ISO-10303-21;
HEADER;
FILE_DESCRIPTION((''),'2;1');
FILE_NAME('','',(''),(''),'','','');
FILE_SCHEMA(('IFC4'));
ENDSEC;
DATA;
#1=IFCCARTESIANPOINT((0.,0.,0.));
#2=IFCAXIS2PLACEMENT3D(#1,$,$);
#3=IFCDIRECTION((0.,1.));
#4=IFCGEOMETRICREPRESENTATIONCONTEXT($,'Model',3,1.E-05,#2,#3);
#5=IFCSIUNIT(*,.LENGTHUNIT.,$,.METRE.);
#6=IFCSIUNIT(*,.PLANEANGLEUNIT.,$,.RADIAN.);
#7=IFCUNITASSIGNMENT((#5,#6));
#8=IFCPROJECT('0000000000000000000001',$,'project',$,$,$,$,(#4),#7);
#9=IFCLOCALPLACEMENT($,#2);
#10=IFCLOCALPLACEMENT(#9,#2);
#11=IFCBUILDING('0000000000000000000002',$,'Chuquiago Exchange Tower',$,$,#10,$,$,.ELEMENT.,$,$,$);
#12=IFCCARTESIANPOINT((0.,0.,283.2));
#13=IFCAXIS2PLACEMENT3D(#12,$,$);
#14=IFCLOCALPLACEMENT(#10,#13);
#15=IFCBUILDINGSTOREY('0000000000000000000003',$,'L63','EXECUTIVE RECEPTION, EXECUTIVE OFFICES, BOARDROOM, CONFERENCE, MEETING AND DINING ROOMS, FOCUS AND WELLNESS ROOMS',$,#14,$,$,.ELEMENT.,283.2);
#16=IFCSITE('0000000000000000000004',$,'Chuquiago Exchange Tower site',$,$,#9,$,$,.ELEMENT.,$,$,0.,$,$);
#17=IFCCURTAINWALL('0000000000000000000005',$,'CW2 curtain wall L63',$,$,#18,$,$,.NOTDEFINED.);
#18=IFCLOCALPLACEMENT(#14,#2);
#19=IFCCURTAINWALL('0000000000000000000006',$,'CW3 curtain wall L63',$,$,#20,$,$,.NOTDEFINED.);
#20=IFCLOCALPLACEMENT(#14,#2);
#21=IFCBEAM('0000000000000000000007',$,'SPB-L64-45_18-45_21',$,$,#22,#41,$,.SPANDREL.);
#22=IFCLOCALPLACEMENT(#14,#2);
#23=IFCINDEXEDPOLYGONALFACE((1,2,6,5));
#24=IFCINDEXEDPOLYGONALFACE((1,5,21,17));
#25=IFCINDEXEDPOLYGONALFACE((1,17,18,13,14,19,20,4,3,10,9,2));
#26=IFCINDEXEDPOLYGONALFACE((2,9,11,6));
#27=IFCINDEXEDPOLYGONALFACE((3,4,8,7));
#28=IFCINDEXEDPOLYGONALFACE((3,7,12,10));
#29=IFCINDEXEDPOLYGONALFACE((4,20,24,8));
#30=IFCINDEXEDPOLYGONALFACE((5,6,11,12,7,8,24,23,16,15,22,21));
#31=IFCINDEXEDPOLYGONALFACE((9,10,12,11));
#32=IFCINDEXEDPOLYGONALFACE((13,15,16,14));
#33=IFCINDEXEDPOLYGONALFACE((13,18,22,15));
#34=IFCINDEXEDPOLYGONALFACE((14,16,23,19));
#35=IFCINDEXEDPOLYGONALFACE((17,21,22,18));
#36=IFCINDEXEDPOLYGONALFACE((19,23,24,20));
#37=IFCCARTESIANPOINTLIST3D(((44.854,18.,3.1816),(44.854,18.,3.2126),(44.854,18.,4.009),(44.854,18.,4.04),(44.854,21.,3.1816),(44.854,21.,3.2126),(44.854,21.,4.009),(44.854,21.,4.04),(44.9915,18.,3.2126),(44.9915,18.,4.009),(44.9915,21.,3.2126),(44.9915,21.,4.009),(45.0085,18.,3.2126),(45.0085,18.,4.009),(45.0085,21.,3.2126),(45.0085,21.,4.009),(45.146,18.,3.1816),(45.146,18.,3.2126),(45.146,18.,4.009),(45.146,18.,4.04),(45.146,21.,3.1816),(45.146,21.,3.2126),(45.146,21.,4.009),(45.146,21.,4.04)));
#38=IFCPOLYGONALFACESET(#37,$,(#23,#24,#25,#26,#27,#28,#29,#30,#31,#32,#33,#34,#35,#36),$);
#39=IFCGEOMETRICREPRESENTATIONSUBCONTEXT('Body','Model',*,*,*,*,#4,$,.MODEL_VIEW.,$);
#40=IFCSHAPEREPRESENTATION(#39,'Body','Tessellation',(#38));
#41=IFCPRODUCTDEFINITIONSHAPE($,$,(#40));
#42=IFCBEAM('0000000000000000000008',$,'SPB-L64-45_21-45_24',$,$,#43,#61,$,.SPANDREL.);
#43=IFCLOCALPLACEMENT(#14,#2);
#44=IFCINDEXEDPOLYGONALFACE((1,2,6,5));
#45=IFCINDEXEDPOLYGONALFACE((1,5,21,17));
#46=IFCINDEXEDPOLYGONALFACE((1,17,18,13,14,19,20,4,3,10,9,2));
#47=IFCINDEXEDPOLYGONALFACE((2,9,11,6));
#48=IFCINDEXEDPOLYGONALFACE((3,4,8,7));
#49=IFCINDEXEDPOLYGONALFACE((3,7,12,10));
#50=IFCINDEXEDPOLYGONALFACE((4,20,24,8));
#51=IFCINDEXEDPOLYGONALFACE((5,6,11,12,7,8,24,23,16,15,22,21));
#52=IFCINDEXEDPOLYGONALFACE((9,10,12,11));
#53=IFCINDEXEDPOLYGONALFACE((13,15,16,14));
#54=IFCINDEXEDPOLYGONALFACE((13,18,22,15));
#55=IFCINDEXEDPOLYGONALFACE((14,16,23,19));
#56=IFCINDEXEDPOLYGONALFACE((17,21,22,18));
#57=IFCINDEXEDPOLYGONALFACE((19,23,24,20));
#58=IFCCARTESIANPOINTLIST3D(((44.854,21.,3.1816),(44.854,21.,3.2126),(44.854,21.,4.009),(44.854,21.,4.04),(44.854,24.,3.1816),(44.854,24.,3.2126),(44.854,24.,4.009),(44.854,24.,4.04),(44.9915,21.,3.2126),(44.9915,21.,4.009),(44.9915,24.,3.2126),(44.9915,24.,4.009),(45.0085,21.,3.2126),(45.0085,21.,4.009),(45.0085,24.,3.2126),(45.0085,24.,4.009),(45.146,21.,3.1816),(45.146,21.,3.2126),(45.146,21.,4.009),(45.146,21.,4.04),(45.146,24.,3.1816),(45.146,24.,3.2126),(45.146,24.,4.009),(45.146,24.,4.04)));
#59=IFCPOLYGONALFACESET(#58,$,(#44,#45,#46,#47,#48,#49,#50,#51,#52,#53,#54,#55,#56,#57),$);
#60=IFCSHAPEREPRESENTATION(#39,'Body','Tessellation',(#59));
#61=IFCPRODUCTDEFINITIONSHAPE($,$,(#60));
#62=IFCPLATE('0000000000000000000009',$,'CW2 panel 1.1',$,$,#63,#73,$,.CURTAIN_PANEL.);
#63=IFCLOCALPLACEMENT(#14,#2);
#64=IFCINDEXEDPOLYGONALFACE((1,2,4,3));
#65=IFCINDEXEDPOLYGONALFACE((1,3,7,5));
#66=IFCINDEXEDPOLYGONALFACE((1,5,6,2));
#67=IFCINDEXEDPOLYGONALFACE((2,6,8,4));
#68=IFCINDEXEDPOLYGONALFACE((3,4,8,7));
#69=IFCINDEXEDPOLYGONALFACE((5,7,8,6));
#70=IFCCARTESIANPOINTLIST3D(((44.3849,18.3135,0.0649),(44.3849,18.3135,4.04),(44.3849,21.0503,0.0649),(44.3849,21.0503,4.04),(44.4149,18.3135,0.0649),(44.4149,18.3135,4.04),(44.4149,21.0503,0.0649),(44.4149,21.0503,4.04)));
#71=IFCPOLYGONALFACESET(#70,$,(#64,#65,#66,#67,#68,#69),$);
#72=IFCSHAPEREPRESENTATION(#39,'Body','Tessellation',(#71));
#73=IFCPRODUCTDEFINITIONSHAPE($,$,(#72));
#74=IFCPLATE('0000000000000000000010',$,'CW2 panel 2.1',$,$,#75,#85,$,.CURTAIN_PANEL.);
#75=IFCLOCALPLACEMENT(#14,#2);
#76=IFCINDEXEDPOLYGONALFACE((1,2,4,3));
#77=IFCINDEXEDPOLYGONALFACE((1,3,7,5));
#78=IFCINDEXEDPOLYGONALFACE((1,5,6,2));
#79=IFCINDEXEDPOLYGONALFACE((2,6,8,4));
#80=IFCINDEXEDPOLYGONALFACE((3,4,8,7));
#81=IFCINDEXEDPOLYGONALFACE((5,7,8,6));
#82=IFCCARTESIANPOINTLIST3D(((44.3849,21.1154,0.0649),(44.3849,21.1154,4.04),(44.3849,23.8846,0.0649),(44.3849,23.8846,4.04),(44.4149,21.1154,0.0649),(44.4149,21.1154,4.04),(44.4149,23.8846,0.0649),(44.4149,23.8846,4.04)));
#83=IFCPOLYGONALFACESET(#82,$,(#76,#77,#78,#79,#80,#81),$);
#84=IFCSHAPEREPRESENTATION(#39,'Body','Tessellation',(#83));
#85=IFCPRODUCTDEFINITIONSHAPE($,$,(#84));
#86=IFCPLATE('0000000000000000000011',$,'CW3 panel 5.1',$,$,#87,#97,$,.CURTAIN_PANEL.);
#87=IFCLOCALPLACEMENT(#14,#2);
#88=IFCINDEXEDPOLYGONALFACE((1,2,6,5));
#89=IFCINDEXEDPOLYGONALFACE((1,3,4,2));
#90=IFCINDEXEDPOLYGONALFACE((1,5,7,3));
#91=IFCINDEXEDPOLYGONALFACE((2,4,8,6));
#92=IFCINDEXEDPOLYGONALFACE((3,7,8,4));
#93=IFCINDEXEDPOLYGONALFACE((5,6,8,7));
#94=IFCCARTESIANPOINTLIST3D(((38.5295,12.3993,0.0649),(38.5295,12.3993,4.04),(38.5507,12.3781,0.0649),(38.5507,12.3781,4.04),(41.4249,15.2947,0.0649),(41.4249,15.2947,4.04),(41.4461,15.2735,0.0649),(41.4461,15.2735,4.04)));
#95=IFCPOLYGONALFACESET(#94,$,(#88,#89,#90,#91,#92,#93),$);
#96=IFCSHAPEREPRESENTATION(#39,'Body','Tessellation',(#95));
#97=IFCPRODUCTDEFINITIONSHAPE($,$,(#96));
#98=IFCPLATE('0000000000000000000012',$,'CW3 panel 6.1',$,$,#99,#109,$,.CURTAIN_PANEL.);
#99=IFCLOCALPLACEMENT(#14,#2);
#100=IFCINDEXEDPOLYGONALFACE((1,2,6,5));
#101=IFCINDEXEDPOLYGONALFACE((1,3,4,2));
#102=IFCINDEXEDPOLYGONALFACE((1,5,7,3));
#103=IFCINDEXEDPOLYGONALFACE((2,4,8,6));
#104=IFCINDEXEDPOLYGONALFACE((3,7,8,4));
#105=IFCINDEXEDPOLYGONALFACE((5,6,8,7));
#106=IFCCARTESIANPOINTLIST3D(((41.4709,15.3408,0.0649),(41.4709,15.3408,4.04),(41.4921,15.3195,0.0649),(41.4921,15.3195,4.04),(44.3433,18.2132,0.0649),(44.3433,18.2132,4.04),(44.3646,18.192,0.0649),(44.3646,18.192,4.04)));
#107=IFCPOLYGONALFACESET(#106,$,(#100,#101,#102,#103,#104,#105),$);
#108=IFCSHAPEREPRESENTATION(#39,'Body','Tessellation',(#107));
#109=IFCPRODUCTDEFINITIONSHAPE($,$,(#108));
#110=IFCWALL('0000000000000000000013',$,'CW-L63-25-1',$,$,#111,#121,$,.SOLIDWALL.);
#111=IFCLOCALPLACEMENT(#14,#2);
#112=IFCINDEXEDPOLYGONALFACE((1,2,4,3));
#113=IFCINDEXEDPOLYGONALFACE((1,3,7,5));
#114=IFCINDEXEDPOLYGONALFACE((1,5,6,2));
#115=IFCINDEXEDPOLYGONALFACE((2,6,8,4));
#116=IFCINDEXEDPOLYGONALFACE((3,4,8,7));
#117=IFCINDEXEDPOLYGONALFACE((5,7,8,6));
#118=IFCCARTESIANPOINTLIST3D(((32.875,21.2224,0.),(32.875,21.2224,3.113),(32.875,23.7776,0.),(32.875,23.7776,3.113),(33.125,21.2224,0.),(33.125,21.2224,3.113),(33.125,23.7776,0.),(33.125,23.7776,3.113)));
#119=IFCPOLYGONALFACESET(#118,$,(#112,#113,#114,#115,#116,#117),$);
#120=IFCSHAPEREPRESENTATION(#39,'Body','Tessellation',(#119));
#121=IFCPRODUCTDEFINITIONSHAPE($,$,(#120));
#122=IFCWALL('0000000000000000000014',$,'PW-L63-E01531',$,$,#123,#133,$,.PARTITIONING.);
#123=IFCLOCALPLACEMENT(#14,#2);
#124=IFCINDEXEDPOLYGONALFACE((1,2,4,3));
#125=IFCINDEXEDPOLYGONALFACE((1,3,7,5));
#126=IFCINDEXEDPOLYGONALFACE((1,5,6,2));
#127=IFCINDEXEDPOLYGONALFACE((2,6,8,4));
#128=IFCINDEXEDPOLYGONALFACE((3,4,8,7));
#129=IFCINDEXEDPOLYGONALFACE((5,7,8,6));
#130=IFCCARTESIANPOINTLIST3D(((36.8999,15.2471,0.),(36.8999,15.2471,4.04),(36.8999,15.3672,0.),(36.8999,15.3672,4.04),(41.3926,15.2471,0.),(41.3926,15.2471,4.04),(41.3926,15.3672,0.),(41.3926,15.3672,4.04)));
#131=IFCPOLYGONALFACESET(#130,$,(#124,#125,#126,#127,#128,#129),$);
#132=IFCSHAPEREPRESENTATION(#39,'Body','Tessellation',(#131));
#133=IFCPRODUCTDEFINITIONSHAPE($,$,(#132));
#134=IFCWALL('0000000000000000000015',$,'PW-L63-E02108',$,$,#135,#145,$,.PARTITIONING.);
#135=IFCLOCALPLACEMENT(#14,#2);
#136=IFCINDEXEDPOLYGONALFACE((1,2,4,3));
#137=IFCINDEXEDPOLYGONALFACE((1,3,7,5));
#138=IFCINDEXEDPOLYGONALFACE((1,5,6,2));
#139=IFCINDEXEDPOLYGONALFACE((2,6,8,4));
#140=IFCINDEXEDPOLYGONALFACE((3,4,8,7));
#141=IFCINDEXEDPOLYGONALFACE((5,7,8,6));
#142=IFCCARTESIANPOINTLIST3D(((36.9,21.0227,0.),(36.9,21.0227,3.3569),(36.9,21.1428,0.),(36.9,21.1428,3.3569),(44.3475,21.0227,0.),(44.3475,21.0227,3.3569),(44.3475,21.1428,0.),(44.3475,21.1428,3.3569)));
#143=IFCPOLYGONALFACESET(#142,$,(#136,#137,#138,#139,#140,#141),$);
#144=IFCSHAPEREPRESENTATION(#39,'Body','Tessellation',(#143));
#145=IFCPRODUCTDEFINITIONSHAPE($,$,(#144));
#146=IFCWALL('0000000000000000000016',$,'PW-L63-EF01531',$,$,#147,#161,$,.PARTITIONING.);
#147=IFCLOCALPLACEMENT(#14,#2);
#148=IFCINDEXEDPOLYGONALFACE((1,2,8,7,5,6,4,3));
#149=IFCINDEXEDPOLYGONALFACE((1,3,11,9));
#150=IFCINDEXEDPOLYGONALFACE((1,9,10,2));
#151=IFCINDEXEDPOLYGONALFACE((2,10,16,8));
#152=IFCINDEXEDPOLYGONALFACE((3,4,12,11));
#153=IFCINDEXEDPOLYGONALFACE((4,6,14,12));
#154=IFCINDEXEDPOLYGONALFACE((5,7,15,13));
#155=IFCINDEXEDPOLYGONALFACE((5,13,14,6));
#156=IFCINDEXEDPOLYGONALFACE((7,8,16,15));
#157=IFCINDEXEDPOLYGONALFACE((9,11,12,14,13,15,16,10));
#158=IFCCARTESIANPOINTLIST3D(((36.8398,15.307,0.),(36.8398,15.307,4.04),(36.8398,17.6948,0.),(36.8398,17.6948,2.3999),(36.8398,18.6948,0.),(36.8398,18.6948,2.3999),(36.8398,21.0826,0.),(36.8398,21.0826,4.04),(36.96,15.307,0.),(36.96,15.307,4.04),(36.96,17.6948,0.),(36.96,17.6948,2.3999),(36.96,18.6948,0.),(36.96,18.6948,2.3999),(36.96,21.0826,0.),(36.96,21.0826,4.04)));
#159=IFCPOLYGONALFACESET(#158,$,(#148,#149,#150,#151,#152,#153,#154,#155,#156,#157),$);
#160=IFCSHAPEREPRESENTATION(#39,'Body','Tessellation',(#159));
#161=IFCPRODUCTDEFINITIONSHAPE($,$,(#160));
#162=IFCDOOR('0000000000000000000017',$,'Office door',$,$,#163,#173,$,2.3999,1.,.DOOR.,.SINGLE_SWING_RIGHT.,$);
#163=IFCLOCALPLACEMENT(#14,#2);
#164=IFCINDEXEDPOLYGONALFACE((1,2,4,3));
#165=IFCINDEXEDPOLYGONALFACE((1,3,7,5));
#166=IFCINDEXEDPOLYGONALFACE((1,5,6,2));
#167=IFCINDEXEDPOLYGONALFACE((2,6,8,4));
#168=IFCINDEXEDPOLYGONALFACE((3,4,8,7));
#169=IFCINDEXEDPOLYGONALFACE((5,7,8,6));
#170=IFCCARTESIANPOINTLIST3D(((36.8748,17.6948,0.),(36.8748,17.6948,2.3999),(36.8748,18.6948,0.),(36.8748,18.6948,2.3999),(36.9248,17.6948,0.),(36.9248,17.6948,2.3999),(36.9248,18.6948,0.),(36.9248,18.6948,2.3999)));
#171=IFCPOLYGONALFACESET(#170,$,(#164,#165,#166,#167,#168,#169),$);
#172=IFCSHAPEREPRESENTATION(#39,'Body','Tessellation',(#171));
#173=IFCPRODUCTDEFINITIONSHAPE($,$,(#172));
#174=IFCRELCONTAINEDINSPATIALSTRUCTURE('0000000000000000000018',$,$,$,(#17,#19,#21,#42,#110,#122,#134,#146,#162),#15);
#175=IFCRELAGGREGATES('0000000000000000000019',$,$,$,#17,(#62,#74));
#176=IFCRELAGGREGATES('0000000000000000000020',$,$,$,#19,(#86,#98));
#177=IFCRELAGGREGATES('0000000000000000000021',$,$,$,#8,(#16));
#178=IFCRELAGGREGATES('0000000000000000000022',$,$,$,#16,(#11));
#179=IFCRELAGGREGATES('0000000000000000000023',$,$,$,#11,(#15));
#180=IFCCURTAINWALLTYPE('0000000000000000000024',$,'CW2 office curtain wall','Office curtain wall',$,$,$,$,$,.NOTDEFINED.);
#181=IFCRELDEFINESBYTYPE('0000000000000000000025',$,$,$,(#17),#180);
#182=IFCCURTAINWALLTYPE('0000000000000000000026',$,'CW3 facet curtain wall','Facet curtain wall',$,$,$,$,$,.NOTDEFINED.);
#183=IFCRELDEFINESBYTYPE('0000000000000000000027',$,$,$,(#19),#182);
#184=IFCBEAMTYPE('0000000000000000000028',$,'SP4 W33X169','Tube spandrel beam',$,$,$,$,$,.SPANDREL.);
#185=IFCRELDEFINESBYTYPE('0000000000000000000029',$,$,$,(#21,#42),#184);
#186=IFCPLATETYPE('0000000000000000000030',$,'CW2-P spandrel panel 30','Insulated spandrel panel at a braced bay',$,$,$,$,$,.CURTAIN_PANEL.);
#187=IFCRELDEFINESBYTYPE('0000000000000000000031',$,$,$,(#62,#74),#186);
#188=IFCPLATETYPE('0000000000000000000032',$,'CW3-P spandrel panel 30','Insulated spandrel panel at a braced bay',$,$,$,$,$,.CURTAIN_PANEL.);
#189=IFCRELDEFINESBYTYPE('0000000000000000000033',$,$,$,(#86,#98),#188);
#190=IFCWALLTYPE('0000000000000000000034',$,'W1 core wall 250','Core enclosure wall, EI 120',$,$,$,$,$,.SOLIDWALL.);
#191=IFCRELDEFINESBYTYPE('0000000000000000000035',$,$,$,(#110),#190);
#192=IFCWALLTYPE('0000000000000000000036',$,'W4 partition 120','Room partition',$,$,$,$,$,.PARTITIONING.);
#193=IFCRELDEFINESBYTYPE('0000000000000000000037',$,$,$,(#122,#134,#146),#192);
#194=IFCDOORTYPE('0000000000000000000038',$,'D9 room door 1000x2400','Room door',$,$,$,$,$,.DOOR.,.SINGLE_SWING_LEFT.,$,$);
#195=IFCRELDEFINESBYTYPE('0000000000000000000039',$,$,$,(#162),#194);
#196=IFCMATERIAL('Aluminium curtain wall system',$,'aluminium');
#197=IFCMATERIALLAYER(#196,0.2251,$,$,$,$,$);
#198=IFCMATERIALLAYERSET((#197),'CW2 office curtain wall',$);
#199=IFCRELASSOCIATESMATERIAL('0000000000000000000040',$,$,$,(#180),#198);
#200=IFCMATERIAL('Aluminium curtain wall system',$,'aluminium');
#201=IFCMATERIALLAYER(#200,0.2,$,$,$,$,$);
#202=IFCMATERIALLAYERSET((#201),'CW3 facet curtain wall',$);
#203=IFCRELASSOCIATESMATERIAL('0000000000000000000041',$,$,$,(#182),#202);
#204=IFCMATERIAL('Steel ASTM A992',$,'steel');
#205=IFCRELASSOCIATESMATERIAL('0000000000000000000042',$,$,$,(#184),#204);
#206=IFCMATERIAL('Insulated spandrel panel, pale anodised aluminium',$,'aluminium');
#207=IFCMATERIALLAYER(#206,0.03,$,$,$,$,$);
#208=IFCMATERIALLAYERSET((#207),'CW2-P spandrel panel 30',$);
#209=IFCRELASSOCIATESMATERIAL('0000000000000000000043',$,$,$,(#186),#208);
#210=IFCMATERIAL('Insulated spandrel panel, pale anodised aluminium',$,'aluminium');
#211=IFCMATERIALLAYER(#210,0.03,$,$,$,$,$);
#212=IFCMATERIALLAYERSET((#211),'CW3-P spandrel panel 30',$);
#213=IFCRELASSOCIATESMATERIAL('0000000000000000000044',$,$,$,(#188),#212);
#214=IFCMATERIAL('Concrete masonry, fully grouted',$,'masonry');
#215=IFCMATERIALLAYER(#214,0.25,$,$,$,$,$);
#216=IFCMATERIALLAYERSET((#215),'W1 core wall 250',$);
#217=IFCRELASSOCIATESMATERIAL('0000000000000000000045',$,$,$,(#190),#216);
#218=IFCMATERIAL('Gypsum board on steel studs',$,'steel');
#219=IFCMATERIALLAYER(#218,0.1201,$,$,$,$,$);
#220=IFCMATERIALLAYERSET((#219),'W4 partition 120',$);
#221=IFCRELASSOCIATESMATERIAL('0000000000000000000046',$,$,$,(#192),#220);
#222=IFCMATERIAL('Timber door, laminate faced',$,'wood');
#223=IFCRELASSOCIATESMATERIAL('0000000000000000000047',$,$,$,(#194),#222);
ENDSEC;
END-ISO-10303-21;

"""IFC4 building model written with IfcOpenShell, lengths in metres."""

from ifc_helpers import new_model, si_unit, direction, frame, frame_2d, origin, origin_2d, place, context, subcontext, project, spatial, rectangle, i_section, extrude, material, layer, layer_set, material_profile, profile_set, type_object, element, fill, aggregate, save


model = new_model("IFC4")

# Units and contexts
model_context = context("Model", 3, precision=1e-05, world=origin(), true_north=direction((0.0, 1.0)))
body_context = subcontext(model_context, "Body", "Model", "MODEL_VIEW")
ifc_project = project(units=[si_unit("LENGTHUNIT", "METRE"), si_unit("PLANEANGLEUNIT", "RADIAN")], contexts=[model_context])

# Site, building, storey
site_placement = place(None, origin())
site = spatial("IfcSite", under=ifc_project, at=site_placement, Name="Chuquiago Exchange Tower site", CompositionType="ELEMENT", RefElevation=0.0)
building_placement = place(site_placement, origin())
building = spatial("IfcBuilding", under=site, at=building_placement, Name="Chuquiago Exchange Tower", CompositionType="ELEMENT")
storey_placement = place(building_placement, frame((0.0, 0.0, 283.2)))
storey = spatial("IfcBuildingStorey", under=building, at=storey_placement, Name="L63", Description="EXECUTIVE RECEPTION, EXECUTIVE OFFICES, BOARDROOM, CONFERENCE, MEETING AND DINING ROOMS, FOCUS AND WELLNESS ROOMS", CompositionType="ELEMENT", Elevation=283.2)

# Curtain walls
ifc_material_1 = material(Name="Aluminium curtain wall system", Category="aluminium")
ifc_layer_1 = layer(ifc_material_1, 0.2251)
ifc_layer_set_1 = layer_set([ifc_layer_1], Name="CW2 office curtain wall")
curtain_wall_type_1 = type_object("IfcCurtainWallType", Name="CW2 office curtain wall", Description="Office curtain wall", PredefinedType="NOTDEFINED", material=ifc_layer_set_1)
curtain_wall_1_placement = place(storey_placement, origin())
curtain_wall_1 = element("IfcCurtainWall", 1, at=curtain_wall_1_placement, inside=storey, type_object=curtain_wall_type_1, Name="CW2 curtain wall L63", PredefinedType="NOTDEFINED")
ifc_material_2 = material(Name="Aluminium curtain wall system", Category="aluminium")
ifc_layer_2 = layer(ifc_material_2, 0.2)
ifc_layer_set_2 = layer_set([ifc_layer_2], Name="CW3 facet curtain wall")
curtain_wall_type_2 = type_object("IfcCurtainWallType", Name="CW3 facet curtain wall", Description="Facet curtain wall", PredefinedType="NOTDEFINED", material=ifc_layer_set_2)
curtain_wall_2_placement = place(storey_placement, origin())
curtain_wall_2 = element("IfcCurtainWall", 2, at=curtain_wall_2_placement, inside=storey, type_object=curtain_wall_type_2, Name="CW3 curtain wall L63", PredefinedType="NOTDEFINED")

# Beams
ifc_material_3 = material(Name="Steel ASTM A992", Category="steel")
ifc_material_profile_1 = material_profile(ifc_material_3, i_section(OverallWidth=0.292, OverallDepth=0.8584, WebThickness=0.0171, FlangeThickness=0.031, at=origin_2d()), Name="W33X169")
ifc_profile_set_1 = profile_set([ifc_material_profile_1], Name="Steel ASTM A992")
beam_type_1 = type_object("IfcBeamType", Name="SP4 W33X169", Description="Tube spandrel beam", PredefinedType="SPANDREL", material=ifc_profile_set_1)
for number, where, z_axis, x_axis, name in (
    (3, (45.0, 18.0, 3.6108), (0.0, 1.0, 0.0), (-1.0, 0.0, 0.0), "SPB-L64-45_18-45_21"),
    (4, (45.0, 21.0, 3.6108), (0.0, 1.0, 0.0), (-1.0, 0.0, 0.0), "SPB-L64-45_21-45_24"),
):
    element("IfcBeam", number, at=place(storey_placement, frame(where, z_axis=z_axis, x_axis=x_axis)), inside=storey, type_object=beam_type_1, Name=name, PredefinedType="SPANDREL", context=body_context, shape_type="SweptSolid", body=[
        extrude(i_section(OverallWidth=0.292, OverallDepth=0.8584, WebThickness=0.0171, FlangeThickness=0.031, at=origin_2d()), origin(), (0.0, 0.0, 1.0), 3.0),
    ])

# Plates
ifc_material_4 = material(Name="Insulated spandrel panel, pale anodised aluminium", Category="aluminium")
ifc_layer_3 = layer(ifc_material_4, 0.03)
ifc_layer_set_3 = layer_set([ifc_layer_3], Name="CW2-P spandrel panel 30")
plate_type_1 = type_object("IfcPlateType", Name="CW2-P spandrel panel 30", Description="Insulated spandrel panel at a braced bay", PredefinedType="CURTAIN_PANEL", material=ifc_layer_set_3)
plate_1_placement = place(storey_placement, frame((44.3999, 19.6819, 0.0649), z_axis=(0.0, 0.0, 1.0), x_axis=(0.0, 1.0, 0.0)))
plate_1 = element("IfcPlate", 5, at=plate_1_placement, type_object=plate_type_1, Name="CW2 panel 1.1", PredefinedType="CURTAIN_PANEL", context=body_context, shape_type="SweptSolid", body=[
    extrude(rectangle(XDim=2.7368, YDim=0.03, at=origin_2d()), origin(), (0.0, 0.0, 1.0), 3.9751),
])
plate_2_placement = place(storey_placement, frame((44.3999, 22.5, 0.0649), z_axis=(0.0, 0.0, 1.0), x_axis=(0.0, 1.0, 0.0)))
plate_2 = element("IfcPlate", 6, at=plate_2_placement, type_object=plate_type_1, Name="CW2 panel 2.1", PredefinedType="CURTAIN_PANEL", context=body_context, shape_type="SweptSolid", body=[
    extrude(rectangle(XDim=2.7693, YDim=0.03, at=origin_2d()), origin(), (0.0, 0.0, 1.0), 3.9751),
])
aggregate(curtain_wall_1, [plate_1, plate_2])
ifc_material_5 = material(Name="Insulated spandrel panel, pale anodised aluminium", Category="aluminium")
ifc_layer_4 = layer(ifc_material_5, 0.03)
ifc_layer_set_4 = layer_set([ifc_layer_4], Name="CW3-P spandrel panel 30")
plate_type_2 = type_object("IfcPlateType", Name="CW3-P spandrel panel 30", Description="Insulated spandrel panel at a braced bay", PredefinedType="CURTAIN_PANEL", material=ifc_layer_set_4)
plate_3_placement = place(storey_placement, frame((39.9878, 13.8364, 0.0649), z_axis=(0.0, 0.0, 1.0), x_axis=(0.707107, 0.707107, 0.0)))
plate_3 = element("IfcPlate", 7, at=plate_3_placement, type_object=plate_type_2, Name="CW3 panel 5.1", PredefinedType="CURTAIN_PANEL", context=body_context, shape_type="SweptSolid", body=[
    extrude(rectangle(XDim=4.0947, YDim=0.03, at=origin_2d()), origin(), (0.0, 0.0, 1.0), 3.9751),
])
plate_4_placement = place(storey_placement, frame((42.9177, 16.7664, 0.0649), z_axis=(0.0, 0.0, 1.0), x_axis=(0.707107, 0.707107, 0.0)))
plate_4 = element("IfcPlate", 8, at=plate_4_placement, type_object=plate_type_2, Name="CW3 panel 6.1", PredefinedType="CURTAIN_PANEL", context=body_context, shape_type="SweptSolid", body=[
    extrude(rectangle(XDim=4.0623, YDim=0.03, at=origin_2d()), origin(), (0.0, 0.0, 1.0), 3.9751),
])
aggregate(curtain_wall_2, [plate_3, plate_4])

# Walls
ifc_material_6 = material(Name="Concrete masonry, fully grouted", Category="masonry")
ifc_layer_5 = layer(ifc_material_6, 0.25)
ifc_layer_set_5 = layer_set([ifc_layer_5], Name="W1 core wall 250")
wall_type_1 = type_object("IfcWallType", Name="W1 core wall 250", Description="Core enclosure wall, EI 120", PredefinedType="SOLIDWALL", material=ifc_layer_set_5)
wall_1_placement = place(storey_placement, frame((33.0, 21.2224, 0.0), z_axis=(0.0, 0.0, 1.0), x_axis=(0.0, 1.0, 0.0)))
element("IfcWall", 9, at=wall_1_placement, inside=storey, type_object=wall_type_1, Name="CW-L63-25-1", PredefinedType="SOLIDWALL", context=body_context, shape_type="SweptSolid", body=[
    extrude(rectangle(XDim=2.5552, YDim=0.25, at=frame_2d((1.2776, 0.0))), origin(), (0.0, 0.0, 1.0), 3.113),
])
ifc_material_7 = material(Name="Gypsum board on steel studs", Category="steel")
ifc_layer_6 = layer(ifc_material_7, 0.1201)
ifc_layer_set_6 = layer_set([ifc_layer_6], Name="W4 partition 120")
wall_type_2 = type_object("IfcWallType", Name="W4 partition 120", Description="Room partition", PredefinedType="PARTITIONING", material=ifc_layer_set_6)
wall_2_placement = place(storey_placement, frame((41.3926, 15.3071, 0.0), z_axis=(0.0, 0.0, 1.0), x_axis=(-1.0, 0.0, 0.0)))
element("IfcWall", 10, at=wall_2_placement, inside=storey, type_object=wall_type_2, Name="PW-L63-E01531", PredefinedType="PARTITIONING", context=body_context, shape_type="SweptSolid", body=[
    extrude(rectangle(XDim=4.4927, YDim=0.1201, at=frame_2d((2.2463, 0.0))), origin(), (0.0, 0.0, 1.0), 4.04),
])
wall_3_placement = place(storey_placement, frame((44.3474, 21.0828, 0.0), z_axis=(0.0, 0.0, 1.0), x_axis=(-1.0, 0.0, 0.0)))
element("IfcWall", 11, at=wall_3_placement, inside=storey, type_object=wall_type_2, Name="PW-L63-E02108", PredefinedType="PARTITIONING", context=body_context, shape_type="SweptSolid", body=[
    extrude(rectangle(XDim=7.4475, YDim=0.1201, at=frame_2d((3.7236, 0.0))), origin(), (0.0, 0.0, 1.0), 3.3569),
])

# Wall, opening, door
wall_4_placement = place(storey_placement, frame((36.8999, 15.3071, 0.0), z_axis=(0.0, 0.0, 1.0), x_axis=(0.0, 1.0, 0.0)))
wall_4 = element("IfcWall", 12, at=wall_4_placement, inside=storey, type_object=wall_type_2, Name="PW-L63-EF01531", PredefinedType="PARTITIONING", context=body_context, shape_type="SweptSolid", body=[
    extrude(rectangle(XDim=5.7756, YDim=0.1201, at=frame_2d((2.8877, 0.0))), origin(), (0.0, 0.0, 1.0), 4.04),
])
opening_1_placement = place(wall_4_placement, frame((2.3877, 0.0, 0.0)))
opening_1 = element("IfcOpeningElement", 13, at=opening_1_placement, cuts=wall_4, PredefinedType="OPENING", context=body_context, shape_type="SweptSolid", body=[
    extrude(rectangle(XDim=1.0, YDim=2.3999, at=frame_2d((0.5, 1.2))), frame((0.0, 0.0701, 0.0), z_axis=(0.0, -1.0, 0.0), x_axis=(1.0, 0.0, 0.0)), (0.0, 0.0, 1.0), 0.1401),
])
ifc_material_8 = material(Name="Timber door, laminate faced", Category="wood")
door_type = type_object("IfcDoorType", Name="D9 room door 1000x2400", Description="Room door", OperationType="SINGLE_SWING_LEFT", PredefinedType="DOOR", material=ifc_material_8)
door_1_placement = place(opening_1_placement, frame((1.0, 0.0, 0.0), z_axis=(0.0, 0.0, 1.0), x_axis=(-1.0, 0.0, 0.0)))
door_1 = element("IfcDoor", 14, at=door_1_placement, inside=storey, type_object=door_type, Name="Office door", OperationType="SINGLE_SWING_RIGHT", OverallHeight=2.3999, OverallWidth=1.0, PredefinedType="DOOR", context=body_context, shape_type="SweptSolid", body=[
    extrude(rectangle(XDim=1.0, YDim=2.3999, at=frame_2d((0.5, 1.2))), frame((0.0, 0.0249, 0.0), z_axis=(0.0, -1.0, 0.0), x_axis=(1.0, 0.0, 0.0)), (0.0, 0.0, 1.0), 0.05),
])
fill(opening_1, door_1)

save(model, "model.ifc")
